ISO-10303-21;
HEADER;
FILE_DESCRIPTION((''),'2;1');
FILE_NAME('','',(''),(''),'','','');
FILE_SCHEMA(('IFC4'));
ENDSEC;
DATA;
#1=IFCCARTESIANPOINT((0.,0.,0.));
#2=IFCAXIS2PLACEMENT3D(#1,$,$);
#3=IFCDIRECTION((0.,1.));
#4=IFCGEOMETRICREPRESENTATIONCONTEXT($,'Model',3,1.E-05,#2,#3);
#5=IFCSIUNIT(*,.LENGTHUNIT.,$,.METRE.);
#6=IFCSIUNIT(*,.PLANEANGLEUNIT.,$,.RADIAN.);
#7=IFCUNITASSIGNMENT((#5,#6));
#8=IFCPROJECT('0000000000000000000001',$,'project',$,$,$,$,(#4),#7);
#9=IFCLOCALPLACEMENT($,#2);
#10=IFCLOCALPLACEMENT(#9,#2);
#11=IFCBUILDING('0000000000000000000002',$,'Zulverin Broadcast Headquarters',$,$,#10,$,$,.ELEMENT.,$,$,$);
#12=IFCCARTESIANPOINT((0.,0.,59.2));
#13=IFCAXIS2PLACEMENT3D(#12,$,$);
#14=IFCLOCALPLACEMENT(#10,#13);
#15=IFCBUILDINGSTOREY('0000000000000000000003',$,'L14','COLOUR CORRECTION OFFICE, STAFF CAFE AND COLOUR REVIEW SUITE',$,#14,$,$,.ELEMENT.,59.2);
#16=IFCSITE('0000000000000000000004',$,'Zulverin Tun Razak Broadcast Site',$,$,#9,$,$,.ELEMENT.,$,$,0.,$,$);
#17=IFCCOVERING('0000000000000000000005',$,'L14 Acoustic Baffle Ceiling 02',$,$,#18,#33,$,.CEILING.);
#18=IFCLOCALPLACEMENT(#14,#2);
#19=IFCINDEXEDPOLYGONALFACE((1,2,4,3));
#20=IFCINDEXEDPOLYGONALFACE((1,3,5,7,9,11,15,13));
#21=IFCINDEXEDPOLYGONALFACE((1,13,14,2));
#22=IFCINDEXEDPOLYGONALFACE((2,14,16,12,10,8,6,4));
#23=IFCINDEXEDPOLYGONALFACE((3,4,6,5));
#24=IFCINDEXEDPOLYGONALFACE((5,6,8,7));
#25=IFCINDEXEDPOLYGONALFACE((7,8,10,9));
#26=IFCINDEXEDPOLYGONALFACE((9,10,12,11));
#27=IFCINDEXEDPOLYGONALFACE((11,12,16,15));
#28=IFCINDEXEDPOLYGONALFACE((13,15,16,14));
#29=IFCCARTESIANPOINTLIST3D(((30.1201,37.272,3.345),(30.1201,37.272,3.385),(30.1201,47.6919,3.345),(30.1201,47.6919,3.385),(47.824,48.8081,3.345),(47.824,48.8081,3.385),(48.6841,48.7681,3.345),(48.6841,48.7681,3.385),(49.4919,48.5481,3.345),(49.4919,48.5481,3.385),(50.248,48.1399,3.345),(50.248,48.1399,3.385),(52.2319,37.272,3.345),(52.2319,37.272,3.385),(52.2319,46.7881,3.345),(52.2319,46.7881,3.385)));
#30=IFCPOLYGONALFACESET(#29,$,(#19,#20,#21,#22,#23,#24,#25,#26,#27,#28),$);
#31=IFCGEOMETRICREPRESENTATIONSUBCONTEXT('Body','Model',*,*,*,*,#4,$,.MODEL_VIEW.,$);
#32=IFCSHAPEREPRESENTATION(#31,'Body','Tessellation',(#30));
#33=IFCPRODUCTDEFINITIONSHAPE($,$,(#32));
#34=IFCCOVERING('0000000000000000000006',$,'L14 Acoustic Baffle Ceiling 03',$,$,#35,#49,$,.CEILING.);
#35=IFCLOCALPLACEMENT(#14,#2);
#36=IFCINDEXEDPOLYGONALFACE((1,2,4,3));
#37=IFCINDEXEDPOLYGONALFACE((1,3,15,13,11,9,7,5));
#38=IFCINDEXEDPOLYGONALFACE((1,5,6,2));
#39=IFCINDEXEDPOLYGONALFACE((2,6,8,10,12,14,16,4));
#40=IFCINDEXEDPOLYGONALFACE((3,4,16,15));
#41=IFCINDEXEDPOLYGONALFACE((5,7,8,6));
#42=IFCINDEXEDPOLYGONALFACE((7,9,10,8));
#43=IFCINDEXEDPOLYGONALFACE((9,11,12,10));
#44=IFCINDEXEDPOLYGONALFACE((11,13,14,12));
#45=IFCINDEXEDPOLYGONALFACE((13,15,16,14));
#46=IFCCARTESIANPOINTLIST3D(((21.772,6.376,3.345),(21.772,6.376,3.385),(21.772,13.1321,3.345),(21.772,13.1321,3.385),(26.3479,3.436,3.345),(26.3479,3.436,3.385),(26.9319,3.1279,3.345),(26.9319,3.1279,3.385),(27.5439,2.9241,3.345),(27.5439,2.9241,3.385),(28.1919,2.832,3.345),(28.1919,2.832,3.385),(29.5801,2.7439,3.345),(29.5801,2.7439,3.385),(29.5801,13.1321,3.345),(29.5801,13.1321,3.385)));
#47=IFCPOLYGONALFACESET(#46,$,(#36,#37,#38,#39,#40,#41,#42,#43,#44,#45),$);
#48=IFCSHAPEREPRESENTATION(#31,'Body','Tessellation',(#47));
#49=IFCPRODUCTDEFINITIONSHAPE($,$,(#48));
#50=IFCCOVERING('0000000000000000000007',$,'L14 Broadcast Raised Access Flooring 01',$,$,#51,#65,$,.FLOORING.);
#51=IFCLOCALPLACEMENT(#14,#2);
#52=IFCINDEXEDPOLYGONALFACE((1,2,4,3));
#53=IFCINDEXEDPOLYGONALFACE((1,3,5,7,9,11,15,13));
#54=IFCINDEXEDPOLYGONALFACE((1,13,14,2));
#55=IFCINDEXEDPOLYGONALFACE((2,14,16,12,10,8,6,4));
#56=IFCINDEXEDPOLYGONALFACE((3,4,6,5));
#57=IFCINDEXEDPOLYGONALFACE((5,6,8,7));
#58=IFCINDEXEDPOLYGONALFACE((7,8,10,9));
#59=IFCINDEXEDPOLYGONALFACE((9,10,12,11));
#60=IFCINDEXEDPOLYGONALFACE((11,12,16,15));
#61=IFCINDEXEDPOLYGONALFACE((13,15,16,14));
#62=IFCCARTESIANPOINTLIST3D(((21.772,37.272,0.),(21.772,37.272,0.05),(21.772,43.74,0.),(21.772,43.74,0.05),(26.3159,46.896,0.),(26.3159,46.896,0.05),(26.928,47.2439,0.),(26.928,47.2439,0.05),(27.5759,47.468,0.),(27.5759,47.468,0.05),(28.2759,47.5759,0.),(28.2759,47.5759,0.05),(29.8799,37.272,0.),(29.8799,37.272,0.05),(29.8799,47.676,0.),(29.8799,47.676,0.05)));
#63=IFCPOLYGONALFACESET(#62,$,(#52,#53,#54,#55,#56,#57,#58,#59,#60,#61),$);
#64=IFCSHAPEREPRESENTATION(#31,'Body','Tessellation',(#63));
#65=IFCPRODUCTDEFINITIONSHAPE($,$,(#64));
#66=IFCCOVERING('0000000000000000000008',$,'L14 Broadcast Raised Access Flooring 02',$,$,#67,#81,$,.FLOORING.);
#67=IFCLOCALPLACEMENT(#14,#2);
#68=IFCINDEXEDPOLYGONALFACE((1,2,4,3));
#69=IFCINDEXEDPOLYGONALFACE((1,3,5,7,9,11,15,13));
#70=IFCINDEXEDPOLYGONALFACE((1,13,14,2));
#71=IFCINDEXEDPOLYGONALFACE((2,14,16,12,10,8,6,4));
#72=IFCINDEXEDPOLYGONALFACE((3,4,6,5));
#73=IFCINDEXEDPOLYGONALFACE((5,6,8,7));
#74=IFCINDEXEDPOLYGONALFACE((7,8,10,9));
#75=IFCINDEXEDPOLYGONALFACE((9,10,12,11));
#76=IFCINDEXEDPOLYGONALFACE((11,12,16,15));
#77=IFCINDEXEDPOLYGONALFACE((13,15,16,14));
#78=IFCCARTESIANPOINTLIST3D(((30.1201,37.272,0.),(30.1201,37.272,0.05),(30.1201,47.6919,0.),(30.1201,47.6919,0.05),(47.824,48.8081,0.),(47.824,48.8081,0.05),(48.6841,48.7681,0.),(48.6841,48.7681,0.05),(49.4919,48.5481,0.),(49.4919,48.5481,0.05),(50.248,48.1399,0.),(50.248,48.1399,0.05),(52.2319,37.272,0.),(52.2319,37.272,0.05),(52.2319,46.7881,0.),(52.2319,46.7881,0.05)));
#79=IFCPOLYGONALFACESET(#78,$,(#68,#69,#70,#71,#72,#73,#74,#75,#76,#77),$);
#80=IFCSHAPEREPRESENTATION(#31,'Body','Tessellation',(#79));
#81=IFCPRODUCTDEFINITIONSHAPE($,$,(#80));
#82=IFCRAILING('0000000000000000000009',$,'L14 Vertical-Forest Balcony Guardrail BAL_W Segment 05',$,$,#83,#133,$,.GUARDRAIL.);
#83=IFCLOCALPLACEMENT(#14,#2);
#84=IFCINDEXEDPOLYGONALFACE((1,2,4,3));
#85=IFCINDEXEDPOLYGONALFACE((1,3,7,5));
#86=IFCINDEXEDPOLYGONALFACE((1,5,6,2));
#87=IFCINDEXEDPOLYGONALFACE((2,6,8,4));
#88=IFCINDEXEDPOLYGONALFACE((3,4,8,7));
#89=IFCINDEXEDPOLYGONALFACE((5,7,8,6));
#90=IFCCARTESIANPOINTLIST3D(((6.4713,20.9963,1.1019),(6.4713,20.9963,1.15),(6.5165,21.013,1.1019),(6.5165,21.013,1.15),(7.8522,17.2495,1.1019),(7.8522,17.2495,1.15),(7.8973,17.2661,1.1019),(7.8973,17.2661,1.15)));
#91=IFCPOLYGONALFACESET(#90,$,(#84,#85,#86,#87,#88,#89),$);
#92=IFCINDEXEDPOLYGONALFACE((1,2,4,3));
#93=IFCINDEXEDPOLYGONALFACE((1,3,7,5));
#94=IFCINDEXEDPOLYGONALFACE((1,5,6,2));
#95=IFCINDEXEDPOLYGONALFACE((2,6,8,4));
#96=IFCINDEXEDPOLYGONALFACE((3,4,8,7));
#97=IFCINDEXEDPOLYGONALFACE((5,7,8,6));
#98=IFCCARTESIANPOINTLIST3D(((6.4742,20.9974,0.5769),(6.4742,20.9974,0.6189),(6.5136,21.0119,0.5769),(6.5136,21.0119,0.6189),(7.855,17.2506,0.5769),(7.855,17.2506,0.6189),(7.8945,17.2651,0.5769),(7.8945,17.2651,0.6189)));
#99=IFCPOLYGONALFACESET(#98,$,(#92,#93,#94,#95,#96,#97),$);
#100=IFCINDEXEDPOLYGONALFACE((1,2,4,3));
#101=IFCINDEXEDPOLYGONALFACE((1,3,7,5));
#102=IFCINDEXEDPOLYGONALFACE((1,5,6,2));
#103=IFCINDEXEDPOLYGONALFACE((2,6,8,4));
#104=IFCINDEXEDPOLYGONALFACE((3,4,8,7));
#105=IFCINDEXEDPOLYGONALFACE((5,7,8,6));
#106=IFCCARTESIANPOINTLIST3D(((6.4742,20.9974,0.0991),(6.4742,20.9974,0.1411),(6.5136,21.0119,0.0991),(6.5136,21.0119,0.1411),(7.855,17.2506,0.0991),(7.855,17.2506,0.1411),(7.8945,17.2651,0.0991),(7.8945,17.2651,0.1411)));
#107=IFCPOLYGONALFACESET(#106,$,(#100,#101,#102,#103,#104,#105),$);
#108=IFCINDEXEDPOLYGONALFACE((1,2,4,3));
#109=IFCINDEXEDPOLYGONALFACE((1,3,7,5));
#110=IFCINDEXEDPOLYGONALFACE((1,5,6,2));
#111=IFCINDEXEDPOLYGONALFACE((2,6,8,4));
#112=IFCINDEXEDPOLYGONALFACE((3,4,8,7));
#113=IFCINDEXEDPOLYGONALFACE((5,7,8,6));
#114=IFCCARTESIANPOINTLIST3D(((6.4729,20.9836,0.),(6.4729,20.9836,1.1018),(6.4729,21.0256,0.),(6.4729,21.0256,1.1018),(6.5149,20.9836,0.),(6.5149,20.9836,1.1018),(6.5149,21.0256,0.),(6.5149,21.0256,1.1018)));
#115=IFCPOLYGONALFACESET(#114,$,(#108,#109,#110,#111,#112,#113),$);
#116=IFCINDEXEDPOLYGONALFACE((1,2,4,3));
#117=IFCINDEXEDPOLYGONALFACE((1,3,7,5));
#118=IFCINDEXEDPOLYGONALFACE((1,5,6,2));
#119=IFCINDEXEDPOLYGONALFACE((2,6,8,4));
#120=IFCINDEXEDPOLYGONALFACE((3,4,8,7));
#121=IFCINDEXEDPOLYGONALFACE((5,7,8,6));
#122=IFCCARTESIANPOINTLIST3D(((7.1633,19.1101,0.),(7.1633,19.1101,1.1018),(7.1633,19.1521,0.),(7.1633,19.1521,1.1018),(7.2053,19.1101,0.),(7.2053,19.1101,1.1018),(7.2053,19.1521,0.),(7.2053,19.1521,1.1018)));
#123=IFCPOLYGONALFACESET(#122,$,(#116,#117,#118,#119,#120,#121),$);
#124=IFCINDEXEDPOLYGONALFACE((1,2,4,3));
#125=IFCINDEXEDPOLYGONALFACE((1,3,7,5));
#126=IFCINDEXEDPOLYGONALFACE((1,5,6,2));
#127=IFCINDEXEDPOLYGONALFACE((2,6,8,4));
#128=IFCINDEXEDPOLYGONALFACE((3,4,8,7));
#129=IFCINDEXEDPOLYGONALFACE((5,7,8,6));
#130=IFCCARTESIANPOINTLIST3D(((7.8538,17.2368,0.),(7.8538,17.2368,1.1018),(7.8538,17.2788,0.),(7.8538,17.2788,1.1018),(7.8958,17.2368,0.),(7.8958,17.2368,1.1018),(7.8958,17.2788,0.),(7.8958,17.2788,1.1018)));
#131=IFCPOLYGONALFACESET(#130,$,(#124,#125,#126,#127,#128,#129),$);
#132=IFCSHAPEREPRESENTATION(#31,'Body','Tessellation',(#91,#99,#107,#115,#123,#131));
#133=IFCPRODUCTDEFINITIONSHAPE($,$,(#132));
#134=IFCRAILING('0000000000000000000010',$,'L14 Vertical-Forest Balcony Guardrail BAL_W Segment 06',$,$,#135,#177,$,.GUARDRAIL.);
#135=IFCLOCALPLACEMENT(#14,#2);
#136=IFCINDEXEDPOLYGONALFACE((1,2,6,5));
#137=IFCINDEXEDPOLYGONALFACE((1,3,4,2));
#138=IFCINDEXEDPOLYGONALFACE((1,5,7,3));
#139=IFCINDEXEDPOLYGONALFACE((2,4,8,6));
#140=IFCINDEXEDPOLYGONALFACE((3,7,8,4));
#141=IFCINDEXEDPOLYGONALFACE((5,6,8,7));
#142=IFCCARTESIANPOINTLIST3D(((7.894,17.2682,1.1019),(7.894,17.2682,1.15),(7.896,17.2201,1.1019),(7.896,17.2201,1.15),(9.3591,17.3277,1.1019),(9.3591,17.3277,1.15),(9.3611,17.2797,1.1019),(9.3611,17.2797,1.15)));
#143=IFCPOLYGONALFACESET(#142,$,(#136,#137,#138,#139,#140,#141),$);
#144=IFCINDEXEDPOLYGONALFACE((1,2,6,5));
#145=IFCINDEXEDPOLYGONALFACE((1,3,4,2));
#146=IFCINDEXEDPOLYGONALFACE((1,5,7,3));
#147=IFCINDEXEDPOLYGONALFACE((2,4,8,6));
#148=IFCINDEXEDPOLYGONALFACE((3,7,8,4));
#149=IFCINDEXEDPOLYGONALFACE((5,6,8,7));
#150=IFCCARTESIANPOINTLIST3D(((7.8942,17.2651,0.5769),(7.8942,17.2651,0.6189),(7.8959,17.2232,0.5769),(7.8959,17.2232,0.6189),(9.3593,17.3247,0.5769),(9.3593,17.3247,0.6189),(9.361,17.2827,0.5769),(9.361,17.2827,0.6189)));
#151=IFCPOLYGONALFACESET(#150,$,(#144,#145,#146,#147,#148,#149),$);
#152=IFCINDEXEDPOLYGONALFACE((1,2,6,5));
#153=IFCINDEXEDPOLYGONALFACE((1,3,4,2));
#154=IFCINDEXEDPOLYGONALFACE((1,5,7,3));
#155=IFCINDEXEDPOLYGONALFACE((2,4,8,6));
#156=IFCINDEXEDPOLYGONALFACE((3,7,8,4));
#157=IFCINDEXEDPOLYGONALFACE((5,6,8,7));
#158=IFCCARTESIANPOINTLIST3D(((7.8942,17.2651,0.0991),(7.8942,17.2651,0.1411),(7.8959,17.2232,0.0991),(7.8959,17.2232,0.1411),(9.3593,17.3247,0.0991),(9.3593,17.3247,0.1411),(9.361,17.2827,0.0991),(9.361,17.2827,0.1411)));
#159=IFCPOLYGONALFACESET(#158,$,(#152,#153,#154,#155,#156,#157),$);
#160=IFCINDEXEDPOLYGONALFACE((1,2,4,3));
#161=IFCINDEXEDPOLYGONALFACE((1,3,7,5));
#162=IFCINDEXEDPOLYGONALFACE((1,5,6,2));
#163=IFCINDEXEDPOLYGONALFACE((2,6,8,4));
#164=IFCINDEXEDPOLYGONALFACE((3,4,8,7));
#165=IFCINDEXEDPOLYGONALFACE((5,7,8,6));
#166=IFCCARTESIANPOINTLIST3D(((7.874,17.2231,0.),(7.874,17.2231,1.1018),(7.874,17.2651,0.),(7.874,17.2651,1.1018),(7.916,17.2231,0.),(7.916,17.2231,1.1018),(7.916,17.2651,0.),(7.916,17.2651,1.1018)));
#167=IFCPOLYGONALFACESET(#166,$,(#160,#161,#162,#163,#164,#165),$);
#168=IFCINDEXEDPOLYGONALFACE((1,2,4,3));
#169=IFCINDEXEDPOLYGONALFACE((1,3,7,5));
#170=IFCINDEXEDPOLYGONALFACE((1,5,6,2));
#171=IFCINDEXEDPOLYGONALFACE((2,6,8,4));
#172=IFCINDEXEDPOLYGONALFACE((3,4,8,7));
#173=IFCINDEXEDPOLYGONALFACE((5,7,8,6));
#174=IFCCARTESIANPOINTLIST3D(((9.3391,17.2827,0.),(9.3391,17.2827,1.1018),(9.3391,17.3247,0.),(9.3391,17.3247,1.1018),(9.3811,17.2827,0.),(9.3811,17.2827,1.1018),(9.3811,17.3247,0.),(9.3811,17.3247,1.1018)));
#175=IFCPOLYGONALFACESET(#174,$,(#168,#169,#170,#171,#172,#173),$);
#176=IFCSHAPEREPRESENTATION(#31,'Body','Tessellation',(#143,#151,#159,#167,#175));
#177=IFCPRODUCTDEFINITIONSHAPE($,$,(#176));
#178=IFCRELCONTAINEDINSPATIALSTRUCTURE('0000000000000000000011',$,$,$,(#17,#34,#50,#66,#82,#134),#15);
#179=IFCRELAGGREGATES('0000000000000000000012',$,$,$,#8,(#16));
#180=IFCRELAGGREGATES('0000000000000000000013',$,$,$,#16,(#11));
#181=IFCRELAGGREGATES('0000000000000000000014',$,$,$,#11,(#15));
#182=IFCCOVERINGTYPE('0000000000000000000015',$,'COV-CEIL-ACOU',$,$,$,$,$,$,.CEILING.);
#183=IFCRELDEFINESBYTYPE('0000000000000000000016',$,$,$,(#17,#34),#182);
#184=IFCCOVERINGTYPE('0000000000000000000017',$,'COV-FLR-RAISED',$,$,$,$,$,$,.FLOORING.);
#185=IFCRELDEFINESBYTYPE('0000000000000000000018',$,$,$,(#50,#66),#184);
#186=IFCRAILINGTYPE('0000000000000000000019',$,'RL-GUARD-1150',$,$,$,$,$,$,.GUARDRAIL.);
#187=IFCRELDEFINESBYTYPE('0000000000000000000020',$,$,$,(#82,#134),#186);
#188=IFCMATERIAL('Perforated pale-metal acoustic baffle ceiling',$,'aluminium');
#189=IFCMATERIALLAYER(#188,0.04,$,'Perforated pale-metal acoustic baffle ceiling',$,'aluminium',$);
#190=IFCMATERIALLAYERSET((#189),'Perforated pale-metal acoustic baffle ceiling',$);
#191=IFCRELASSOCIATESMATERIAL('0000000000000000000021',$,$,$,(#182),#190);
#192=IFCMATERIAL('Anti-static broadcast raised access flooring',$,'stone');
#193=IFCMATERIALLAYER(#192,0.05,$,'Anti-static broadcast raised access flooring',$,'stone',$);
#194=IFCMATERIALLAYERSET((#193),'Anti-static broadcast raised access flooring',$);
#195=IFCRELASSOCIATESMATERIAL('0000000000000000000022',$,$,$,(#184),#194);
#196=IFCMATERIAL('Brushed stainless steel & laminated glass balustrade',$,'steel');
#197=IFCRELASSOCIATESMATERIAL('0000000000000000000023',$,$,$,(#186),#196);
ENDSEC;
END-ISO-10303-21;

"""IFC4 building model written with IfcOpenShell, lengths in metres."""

from ifc_helpers import new_model, si_unit, direction, frame, origin, origin_2d, place, context, subcontext, project, spatial, polyline, rectangle, outline, extrude, material, layer, layer_set, type_object, element, save


model = new_model("IFC4")

# Units and contexts
model_context = context("Model", 3, precision=1e-05, world=origin(), true_north=direction((0.0, 1.0)))
body_context = subcontext(model_context, "Body", "Model", "MODEL_VIEW")
ifc_project = project(units=[si_unit("LENGTHUNIT", "METRE"), si_unit("PLANEANGLEUNIT", "RADIAN")], contexts=[model_context])

# Site, building, storey
site_placement = place(None, origin())
site = spatial("IfcSite", under=ifc_project, at=site_placement, Name="Zulverin Tun Razak Broadcast Site", CompositionType="ELEMENT", RefElevation=0.0)
building_placement = place(site_placement, origin())
building = spatial("IfcBuilding", under=site, at=building_placement, Name="Zulverin Broadcast Headquarters", CompositionType="ELEMENT")
storey_placement = place(building_placement, frame((0.0, 0.0, 59.2)))
storey = spatial("IfcBuildingStorey", under=building, at=storey_placement, Name="L14", Description="COLOUR CORRECTION OFFICE, STAFF CAFE AND COLOUR REVIEW SUITE", CompositionType="ELEMENT", Elevation=59.2)

# Coverings
ifc_material_1 = material(Name="Perforated pale-metal acoustic baffle ceiling", Category="aluminium")
ifc_layer_1 = layer(ifc_material_1, 0.04, Name="Perforated pale-metal acoustic baffle ceiling", Category="aluminium")
ifc_layer_set_1 = layer_set([ifc_layer_1], Name="Perforated pale-metal acoustic baffle ceiling")
covering_type_1 = type_object("IfcCoveringType", Name="COV-CEIL-ACOU", PredefinedType="CEILING", material=ifc_layer_set_1)
covering_1_placement = place(storey_placement, frame((0.0, 0.0, 3.345)))
element("IfcCovering", 1, at=covering_1_placement, inside=storey, type_object=covering_type_1, Name="L14 Acoustic Baffle Ceiling 02", PredefinedType="CEILING", context=body_context, shape_type="SweptSolid", body=[
    extrude(outline(polyline([(52.2319, 37.272), (52.2319, 46.7881), (50.248, 48.1399), (49.4919, 48.5481), (48.6841, 48.7681), (47.824, 48.8081), (30.1201, 47.6919), (30.1201, 37.272), (52.2319, 37.272)])), origin(), (0.0, 0.0, 1.0), 0.04),
])
covering_2_placement = place(storey_placement, frame((0.0, 0.0, 3.345)))
element("IfcCovering", 2, at=covering_2_placement, inside=storey, type_object=covering_type_1, Name="L14 Acoustic Baffle Ceiling 03", PredefinedType="CEILING", context=body_context, shape_type="SweptSolid", body=[
    extrude(outline(polyline([(21.772, 13.1321), (21.772, 6.376), (26.3479, 3.436), (26.9319, 3.1279), (27.5439, 2.9241), (28.1919, 2.832), (29.5801, 2.7439), (29.5801, 13.1321), (21.772, 13.1321)])), origin(), (0.0, 0.0, 1.0), 0.04),
])
ifc_material_2 = material(Name="Anti-static broadcast raised access flooring", Category="stone")
ifc_layer_2 = layer(ifc_material_2, 0.05, Name="Anti-static broadcast raised access flooring", Category="stone")
ifc_layer_set_2 = layer_set([ifc_layer_2], Name="Anti-static broadcast raised access flooring")
covering_type_2 = type_object("IfcCoveringType", Name="COV-FLR-RAISED", PredefinedType="FLOORING", material=ifc_layer_set_2)
covering_3_placement = place(storey_placement, origin())
element("IfcCovering", 3, at=covering_3_placement, inside=storey, type_object=covering_type_2, Name="L14 Broadcast Raised Access Flooring 01", PredefinedType="FLOORING", context=body_context, shape_type="SweptSolid", body=[
    extrude(outline(polyline([(29.8799, 37.272), (29.8799, 47.676), (28.2759, 47.5759), (27.5759, 47.468), (26.928, 47.2439), (26.3159, 46.896), (21.772, 43.74), (21.772, 37.272), (29.8799, 37.272)])), origin(), (0.0, 0.0, 1.0), 0.05),
])
covering_4_placement = place(storey_placement, origin())
element("IfcCovering", 4, at=covering_4_placement, inside=storey, type_object=covering_type_2, Name="L14 Broadcast Raised Access Flooring 02", PredefinedType="FLOORING", context=body_context, shape_type="SweptSolid", body=[
    extrude(outline(polyline([(52.2319, 37.272), (52.2319, 46.7881), (50.248, 48.1399), (49.4919, 48.5481), (48.6841, 48.7681), (47.824, 48.8081), (30.1201, 47.6919), (30.1201, 37.272), (52.2319, 37.272)])), origin(), (0.0, 0.0, 1.0), 0.05),
])

# Railings
ifc_material_3 = material(Name="Brushed stainless steel & laminated glass balustrade", Category="steel")
railing_type = type_object("IfcRailingType", Name="RL-GUARD-1150", PredefinedType="GUARDRAIL", material=ifc_material_3)
railing_1_placement = place(storey_placement, frame((6.4939, 21.0046, 0.0)))
element("IfcRailing", 5, at=railing_1_placement, inside=storey, type_object=railing_type, Name="L14 Vertical-Forest Balcony Guardrail BAL_W Segment 05", PredefinedType="GUARDRAIL", context=body_context, shape_type="SweptSolid", body=[
    extrude(rectangle(XDim=0.0481, YDim=0.0481, at=origin_2d()), frame((0.0, 0.0, 1.126), z_axis=(0.345805, -0.938307, 0.0), x_axis=(0.938307, 0.345805, 0.0)), (0.0, 0.0, 1.0), 3.9932),
    extrude(rectangle(XDim=0.042, YDim=0.042, at=origin_2d()), frame((0.0, 0.0, 0.5979), z_axis=(0.345805, -0.938307, 0.0), x_axis=(0.938307, 0.345805, 0.0)), (0.0, 0.0, 1.0), 3.9932),
    extrude(rectangle(XDim=0.042, YDim=0.042, at=origin_2d()), frame((0.0, 0.0, 0.1201), z_axis=(0.345805, -0.938307, 0.0), x_axis=(0.938307, 0.345805, 0.0)), (0.0, 0.0, 1.0), 3.9932),
    extrude(rectangle(XDim=0.042, YDim=0.042, at=origin_2d()), origin(), (0.0, 0.0, 1.0), 1.1018),
    extrude(rectangle(XDim=0.042, YDim=0.042, at=origin_2d()), frame((0.6904, -1.8735, 0.0)), (0.0, 0.0, 1.0), 1.1018),
    extrude(rectangle(XDim=0.042, YDim=0.042, at=origin_2d()), frame((1.3809, -3.7468, 0.0)), (0.0, 0.0, 1.0), 1.1018),
])
railing_2_placement = place(storey_placement, frame((7.895, 17.2441, 0.0)))
element("IfcRailing", 6, at=railing_2_placement, inside=storey, type_object=railing_type, Name="L14 Vertical-Forest Balcony Guardrail BAL_W Segment 06", PredefinedType="GUARDRAIL", context=body_context, shape_type="SweptSolid", body=[
    extrude(rectangle(XDim=0.0481, YDim=0.0481, at=origin_2d()), frame((0.0, 0.0, 1.126), z_axis=(0.999174, 0.040626, 0.0), x_axis=(-0.040626, 0.999174, 0.0)), (0.0, 0.0, 1.0), 1.4663),
    extrude(rectangle(XDim=0.042, YDim=0.042, at=origin_2d()), frame((0.0, 0.0, 0.5979), z_axis=(0.999174, 0.040626, 0.0), x_axis=(-0.040626, 0.999174, 0.0)), (0.0, 0.0, 1.0), 1.4663),
    extrude(rectangle(XDim=0.042, YDim=0.042, at=origin_2d()), frame((0.0, 0.0, 0.1201), z_axis=(0.999174, 0.040626, 0.0), x_axis=(-0.040626, 0.999174, 0.0)), (0.0, 0.0, 1.0), 1.4663),
    extrude(rectangle(XDim=0.042, YDim=0.042, at=origin_2d()), origin(), (0.0, 0.0, 1.0), 1.1018),
    extrude(rectangle(XDim=0.042, YDim=0.042, at=origin_2d()), frame((1.4651, 0.0596, 0.0)), (0.0, 0.0, 1.0), 1.1018),
])

save(model, "model.ifc")
